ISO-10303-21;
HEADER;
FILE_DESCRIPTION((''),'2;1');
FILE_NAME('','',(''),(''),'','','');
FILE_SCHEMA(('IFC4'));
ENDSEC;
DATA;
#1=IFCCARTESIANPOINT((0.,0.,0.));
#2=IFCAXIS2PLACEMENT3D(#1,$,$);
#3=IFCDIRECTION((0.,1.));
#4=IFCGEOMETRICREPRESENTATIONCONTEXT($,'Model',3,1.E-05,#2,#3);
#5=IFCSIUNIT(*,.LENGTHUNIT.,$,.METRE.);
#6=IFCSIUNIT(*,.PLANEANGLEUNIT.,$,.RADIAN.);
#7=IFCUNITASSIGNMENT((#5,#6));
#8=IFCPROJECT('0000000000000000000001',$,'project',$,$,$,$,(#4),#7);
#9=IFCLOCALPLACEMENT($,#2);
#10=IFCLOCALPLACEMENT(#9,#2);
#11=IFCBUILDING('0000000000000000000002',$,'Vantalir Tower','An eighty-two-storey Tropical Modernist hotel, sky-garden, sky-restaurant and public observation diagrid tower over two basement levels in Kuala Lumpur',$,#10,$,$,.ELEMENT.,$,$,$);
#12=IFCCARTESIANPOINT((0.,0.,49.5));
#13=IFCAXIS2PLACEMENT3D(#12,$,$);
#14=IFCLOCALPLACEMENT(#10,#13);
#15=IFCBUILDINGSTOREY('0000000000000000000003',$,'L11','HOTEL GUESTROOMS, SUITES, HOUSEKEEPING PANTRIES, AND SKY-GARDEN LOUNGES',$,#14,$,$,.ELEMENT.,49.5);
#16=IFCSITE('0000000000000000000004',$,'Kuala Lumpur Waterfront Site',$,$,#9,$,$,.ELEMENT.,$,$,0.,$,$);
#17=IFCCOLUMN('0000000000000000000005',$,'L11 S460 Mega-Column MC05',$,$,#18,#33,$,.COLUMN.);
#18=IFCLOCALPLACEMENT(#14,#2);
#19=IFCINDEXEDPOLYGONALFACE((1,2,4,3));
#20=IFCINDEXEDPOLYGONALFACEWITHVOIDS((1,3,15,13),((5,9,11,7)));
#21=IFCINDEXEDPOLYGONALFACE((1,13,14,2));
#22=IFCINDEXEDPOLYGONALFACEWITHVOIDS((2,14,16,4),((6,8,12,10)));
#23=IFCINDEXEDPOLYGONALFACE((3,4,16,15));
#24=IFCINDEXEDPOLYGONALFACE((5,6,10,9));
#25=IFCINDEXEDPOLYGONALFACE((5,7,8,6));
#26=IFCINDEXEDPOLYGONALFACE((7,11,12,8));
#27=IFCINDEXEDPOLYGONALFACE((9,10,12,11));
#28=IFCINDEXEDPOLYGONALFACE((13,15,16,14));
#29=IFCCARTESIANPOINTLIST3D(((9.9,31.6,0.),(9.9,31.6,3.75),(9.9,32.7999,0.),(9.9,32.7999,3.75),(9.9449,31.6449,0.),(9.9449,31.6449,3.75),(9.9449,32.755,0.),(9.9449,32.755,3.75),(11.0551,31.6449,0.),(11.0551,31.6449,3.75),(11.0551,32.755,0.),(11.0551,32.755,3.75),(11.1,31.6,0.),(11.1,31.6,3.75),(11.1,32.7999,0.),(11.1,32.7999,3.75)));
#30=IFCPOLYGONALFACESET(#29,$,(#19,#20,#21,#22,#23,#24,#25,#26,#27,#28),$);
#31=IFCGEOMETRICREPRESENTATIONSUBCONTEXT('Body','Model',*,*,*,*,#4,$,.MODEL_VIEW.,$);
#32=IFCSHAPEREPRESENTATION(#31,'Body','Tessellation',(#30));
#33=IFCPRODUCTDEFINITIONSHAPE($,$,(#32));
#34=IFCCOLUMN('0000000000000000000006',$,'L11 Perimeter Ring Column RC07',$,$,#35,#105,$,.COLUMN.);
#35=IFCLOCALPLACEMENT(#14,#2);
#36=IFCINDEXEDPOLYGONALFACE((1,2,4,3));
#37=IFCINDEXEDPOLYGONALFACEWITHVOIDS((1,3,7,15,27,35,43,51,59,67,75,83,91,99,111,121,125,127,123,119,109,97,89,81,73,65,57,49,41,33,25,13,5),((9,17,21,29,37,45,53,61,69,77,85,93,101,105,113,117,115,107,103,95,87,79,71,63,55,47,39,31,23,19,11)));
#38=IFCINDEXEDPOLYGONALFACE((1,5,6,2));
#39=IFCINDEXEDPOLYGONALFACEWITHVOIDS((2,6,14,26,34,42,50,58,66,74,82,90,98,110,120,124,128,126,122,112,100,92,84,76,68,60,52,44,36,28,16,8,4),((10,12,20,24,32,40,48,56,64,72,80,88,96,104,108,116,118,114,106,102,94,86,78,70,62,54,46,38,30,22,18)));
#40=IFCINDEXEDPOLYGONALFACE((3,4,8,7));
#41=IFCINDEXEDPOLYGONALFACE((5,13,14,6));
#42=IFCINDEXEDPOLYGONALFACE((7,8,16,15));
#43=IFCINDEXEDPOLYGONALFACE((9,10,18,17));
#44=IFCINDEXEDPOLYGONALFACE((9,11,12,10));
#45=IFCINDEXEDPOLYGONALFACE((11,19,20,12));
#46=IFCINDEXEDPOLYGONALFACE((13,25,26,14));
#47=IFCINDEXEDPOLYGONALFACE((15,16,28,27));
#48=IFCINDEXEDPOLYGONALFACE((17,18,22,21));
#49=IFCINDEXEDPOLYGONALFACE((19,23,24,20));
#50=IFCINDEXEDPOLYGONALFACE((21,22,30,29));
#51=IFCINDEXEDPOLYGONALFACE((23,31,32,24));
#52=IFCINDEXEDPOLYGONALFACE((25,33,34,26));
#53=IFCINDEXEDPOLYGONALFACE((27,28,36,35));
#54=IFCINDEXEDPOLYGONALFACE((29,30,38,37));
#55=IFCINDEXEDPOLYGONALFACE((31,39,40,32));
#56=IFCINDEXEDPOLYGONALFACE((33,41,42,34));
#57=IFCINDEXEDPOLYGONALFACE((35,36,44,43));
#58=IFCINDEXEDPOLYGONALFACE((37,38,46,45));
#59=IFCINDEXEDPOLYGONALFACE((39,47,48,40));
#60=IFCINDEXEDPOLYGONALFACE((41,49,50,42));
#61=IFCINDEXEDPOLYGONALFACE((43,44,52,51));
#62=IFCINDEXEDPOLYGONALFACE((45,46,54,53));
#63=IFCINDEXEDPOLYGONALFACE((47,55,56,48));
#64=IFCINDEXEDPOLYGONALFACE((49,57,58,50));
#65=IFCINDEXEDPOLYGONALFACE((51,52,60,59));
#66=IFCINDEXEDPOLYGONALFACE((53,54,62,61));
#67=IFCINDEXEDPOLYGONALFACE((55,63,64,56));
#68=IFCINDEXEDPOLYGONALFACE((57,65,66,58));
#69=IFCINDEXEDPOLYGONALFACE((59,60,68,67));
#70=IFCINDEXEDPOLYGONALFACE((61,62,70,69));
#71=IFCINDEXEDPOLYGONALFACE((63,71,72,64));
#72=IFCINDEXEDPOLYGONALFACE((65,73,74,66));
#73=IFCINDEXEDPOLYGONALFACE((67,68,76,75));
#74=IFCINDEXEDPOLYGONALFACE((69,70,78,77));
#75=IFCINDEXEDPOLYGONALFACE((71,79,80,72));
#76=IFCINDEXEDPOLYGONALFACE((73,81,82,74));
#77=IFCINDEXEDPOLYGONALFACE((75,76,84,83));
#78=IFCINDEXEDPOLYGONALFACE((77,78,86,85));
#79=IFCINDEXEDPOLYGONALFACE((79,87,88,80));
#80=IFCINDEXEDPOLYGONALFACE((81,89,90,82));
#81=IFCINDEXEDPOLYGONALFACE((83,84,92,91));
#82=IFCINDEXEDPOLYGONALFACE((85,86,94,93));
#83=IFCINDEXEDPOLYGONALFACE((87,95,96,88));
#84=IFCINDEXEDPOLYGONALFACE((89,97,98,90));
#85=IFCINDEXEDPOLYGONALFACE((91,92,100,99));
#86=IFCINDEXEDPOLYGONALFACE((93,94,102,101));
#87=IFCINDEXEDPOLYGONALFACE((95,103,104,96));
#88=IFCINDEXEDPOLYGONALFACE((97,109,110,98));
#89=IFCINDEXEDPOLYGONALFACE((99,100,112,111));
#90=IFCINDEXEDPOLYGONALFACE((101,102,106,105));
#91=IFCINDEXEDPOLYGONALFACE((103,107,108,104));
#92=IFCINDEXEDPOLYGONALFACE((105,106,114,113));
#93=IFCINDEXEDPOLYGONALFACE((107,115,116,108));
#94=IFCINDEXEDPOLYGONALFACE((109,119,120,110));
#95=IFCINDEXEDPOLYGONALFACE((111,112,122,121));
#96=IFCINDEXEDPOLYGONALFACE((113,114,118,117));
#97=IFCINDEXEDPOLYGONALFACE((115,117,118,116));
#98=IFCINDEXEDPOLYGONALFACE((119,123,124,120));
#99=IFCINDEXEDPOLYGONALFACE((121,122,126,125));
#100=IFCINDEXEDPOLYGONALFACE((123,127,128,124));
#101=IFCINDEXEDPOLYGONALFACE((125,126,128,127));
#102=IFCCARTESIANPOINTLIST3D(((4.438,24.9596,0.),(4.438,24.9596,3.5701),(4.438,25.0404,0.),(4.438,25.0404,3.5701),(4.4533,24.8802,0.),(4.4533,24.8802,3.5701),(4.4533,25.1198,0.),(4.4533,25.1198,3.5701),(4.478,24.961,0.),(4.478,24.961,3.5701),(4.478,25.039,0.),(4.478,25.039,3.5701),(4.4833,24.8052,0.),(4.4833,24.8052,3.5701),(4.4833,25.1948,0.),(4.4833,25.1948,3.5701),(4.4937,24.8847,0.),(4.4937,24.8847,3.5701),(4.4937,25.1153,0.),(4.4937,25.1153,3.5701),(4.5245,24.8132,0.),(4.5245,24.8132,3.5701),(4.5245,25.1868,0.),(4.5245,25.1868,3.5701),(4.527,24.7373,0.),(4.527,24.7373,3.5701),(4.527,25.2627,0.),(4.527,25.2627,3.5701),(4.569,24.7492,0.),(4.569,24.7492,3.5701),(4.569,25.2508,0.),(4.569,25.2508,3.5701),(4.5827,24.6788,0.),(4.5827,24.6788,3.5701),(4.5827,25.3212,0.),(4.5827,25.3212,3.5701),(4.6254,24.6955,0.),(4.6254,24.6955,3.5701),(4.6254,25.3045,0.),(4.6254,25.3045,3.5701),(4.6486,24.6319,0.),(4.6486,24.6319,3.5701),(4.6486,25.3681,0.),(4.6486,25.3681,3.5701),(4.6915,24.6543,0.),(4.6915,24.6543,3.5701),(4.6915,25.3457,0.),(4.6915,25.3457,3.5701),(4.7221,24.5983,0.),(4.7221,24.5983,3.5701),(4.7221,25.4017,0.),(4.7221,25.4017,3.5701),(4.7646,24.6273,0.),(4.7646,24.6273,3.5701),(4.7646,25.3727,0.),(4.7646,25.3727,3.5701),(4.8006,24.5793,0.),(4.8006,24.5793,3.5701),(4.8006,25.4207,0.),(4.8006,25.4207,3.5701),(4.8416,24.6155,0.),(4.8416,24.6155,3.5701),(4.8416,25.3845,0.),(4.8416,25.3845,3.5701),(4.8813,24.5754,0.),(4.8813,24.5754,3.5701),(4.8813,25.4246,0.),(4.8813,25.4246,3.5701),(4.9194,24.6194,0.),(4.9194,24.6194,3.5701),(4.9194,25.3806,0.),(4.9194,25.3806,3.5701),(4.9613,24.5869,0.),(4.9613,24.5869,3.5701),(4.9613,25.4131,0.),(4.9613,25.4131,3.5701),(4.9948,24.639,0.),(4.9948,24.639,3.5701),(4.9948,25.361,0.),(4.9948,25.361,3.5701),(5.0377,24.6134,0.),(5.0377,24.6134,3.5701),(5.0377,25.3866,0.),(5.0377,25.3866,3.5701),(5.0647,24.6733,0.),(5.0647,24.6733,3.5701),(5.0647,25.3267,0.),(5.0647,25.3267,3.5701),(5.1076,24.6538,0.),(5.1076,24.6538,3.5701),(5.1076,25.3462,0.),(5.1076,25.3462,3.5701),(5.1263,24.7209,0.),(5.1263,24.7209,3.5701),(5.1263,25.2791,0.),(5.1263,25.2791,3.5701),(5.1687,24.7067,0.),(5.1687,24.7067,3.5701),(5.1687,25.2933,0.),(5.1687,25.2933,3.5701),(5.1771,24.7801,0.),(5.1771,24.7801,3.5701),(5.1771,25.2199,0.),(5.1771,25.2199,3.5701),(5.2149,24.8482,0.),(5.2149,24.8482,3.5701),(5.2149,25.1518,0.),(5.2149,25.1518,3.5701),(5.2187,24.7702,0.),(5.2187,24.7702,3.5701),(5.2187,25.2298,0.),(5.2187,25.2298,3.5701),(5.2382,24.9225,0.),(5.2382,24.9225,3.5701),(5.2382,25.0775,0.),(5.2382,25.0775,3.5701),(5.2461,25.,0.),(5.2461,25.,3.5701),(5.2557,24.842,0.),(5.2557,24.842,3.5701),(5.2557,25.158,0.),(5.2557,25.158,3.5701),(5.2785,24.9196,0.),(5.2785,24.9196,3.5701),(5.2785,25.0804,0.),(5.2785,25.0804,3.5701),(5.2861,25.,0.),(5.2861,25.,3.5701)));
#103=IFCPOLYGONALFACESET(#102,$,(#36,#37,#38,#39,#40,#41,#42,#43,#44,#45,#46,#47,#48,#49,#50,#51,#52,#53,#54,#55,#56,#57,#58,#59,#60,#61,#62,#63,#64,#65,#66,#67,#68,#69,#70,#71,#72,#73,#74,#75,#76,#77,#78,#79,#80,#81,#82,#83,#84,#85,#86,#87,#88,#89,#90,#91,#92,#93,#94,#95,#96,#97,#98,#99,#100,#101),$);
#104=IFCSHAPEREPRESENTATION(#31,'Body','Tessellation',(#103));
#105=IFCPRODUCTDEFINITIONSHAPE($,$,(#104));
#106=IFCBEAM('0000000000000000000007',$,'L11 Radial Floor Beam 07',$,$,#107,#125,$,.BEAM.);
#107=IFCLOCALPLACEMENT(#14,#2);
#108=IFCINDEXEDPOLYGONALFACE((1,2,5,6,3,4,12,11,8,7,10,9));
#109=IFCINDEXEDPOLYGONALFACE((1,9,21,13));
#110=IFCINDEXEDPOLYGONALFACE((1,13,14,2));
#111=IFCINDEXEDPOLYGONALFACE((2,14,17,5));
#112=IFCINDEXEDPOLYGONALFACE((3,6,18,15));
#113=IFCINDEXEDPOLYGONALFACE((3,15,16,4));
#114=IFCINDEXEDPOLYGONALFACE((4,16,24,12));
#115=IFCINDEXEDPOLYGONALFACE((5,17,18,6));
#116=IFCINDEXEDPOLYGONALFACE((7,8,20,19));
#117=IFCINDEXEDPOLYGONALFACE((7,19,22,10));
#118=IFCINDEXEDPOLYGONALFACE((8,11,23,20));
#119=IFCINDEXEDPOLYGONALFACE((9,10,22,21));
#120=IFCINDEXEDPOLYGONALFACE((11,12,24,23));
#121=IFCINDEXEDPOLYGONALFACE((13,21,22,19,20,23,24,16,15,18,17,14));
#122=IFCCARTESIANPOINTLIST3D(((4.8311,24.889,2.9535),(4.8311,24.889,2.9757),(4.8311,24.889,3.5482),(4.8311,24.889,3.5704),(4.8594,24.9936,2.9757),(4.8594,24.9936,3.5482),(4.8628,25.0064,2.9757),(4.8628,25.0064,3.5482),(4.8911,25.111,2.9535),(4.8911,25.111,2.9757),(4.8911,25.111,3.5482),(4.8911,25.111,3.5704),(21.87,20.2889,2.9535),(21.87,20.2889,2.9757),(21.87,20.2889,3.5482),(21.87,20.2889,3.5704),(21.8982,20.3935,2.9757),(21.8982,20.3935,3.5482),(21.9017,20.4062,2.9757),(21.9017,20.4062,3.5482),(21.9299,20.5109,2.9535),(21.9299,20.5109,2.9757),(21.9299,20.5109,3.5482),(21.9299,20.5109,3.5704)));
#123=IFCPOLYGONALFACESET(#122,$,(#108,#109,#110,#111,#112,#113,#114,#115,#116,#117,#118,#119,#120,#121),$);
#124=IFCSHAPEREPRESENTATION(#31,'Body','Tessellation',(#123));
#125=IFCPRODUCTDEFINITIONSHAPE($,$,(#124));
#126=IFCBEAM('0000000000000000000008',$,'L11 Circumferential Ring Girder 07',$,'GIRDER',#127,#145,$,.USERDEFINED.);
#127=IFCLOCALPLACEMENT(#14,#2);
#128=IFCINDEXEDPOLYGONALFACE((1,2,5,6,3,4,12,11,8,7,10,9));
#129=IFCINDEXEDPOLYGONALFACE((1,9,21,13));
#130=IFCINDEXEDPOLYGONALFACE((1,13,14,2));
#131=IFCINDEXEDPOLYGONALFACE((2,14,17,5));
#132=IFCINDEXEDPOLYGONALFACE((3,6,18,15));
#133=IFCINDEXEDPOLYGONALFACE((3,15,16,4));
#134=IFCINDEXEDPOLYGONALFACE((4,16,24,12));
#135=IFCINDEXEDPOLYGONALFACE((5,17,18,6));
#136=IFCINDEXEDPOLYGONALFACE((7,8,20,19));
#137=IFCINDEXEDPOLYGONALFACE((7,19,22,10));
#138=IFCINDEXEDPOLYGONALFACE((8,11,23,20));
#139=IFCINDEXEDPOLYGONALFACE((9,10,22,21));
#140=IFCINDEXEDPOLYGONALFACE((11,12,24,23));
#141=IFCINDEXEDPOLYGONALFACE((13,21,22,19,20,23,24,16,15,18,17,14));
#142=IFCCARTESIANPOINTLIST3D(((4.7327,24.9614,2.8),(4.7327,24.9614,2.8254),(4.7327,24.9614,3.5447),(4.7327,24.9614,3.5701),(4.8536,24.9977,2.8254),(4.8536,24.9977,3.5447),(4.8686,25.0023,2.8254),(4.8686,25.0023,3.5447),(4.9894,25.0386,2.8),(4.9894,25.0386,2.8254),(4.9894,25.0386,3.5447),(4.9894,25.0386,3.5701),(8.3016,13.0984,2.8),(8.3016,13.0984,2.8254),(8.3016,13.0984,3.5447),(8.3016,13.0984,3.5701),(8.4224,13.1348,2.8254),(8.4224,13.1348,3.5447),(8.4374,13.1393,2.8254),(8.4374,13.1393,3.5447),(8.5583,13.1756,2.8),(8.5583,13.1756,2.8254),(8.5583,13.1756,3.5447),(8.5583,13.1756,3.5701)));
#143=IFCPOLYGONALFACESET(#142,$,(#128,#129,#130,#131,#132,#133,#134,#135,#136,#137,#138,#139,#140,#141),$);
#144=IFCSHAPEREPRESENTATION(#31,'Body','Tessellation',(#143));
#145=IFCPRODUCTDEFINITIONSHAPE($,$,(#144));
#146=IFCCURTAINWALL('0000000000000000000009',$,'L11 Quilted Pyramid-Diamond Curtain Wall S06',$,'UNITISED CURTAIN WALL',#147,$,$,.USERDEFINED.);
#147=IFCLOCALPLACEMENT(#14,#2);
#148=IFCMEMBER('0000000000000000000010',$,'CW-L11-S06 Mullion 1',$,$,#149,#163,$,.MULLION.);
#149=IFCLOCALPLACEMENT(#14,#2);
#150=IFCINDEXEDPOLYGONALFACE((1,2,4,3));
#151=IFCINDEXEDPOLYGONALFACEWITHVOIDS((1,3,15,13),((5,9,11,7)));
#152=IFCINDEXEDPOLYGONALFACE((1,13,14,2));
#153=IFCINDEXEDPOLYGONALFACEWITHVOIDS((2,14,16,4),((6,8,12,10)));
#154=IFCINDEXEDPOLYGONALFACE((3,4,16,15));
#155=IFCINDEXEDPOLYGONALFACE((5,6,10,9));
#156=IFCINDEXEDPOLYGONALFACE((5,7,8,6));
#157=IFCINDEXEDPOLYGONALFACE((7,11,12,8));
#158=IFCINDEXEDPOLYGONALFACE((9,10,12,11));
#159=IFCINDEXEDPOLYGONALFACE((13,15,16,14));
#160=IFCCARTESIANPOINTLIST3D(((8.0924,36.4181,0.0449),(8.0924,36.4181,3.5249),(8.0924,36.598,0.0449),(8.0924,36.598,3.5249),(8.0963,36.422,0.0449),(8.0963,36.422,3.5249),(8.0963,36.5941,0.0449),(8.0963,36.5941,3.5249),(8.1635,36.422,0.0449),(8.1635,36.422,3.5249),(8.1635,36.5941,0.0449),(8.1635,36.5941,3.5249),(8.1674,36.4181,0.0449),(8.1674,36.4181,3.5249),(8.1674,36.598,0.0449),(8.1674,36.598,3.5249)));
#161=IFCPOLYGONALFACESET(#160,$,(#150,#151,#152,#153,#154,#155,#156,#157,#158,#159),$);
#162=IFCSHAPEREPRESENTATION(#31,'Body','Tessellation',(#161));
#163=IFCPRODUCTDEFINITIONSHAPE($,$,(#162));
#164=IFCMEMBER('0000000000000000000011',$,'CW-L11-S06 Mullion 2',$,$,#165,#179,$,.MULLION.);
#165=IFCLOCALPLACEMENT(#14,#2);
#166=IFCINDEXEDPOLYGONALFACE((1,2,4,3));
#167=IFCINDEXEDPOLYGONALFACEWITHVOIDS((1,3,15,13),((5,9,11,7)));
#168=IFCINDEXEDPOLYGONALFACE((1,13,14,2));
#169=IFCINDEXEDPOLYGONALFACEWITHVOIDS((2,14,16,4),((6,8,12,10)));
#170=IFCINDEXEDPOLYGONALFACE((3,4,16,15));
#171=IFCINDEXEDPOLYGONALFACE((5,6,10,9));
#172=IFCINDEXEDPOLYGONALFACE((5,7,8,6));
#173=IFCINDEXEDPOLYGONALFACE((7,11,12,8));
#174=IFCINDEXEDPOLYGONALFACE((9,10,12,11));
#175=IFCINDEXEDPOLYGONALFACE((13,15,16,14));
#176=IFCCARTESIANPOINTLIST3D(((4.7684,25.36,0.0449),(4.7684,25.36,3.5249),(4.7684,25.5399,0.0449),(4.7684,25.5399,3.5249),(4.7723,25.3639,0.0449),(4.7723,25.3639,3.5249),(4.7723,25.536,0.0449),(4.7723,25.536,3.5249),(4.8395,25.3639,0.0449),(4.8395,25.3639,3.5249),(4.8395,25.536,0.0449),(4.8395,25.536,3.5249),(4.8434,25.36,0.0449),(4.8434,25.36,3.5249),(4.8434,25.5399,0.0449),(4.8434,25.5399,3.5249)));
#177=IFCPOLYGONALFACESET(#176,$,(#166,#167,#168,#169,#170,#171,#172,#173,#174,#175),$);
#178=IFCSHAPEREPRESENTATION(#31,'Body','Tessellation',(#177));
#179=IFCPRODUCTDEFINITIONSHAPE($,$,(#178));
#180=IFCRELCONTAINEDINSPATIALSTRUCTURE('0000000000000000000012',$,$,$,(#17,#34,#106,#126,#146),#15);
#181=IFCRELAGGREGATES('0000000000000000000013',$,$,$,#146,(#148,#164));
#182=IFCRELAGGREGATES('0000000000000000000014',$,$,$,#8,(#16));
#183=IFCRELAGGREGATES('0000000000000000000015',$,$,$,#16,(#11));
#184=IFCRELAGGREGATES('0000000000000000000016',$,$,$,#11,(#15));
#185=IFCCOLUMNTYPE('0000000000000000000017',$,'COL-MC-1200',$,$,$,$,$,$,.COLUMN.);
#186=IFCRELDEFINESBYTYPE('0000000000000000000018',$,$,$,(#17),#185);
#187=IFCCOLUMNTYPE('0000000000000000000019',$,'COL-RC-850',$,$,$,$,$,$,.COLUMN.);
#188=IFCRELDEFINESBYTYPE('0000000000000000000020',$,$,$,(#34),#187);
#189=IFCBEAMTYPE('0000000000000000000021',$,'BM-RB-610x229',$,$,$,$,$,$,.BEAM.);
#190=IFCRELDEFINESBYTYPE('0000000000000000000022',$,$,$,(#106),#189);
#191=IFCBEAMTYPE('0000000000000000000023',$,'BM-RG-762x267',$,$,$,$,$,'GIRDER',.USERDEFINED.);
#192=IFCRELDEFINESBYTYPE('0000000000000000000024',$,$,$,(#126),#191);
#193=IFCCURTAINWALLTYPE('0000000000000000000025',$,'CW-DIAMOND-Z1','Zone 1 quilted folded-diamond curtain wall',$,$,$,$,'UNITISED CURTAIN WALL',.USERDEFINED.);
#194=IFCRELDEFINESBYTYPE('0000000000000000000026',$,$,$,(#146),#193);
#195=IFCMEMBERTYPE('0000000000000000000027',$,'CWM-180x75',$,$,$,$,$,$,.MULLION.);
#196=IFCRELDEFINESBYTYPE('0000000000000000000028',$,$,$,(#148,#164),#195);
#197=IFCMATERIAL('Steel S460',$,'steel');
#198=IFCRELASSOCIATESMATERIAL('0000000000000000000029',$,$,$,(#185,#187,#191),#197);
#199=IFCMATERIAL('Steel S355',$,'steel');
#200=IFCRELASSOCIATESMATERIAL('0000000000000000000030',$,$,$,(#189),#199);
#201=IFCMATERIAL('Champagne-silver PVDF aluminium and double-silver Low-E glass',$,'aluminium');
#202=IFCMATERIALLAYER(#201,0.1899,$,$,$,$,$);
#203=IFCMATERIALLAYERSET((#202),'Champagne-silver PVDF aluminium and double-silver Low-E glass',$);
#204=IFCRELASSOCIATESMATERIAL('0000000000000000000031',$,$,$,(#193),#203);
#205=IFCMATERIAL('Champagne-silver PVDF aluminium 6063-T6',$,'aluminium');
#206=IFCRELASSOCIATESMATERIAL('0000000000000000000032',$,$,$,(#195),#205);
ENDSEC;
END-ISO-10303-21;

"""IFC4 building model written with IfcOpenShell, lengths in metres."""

from ifc_helpers import new_model, si_unit, direction, frame, origin, origin_2d, place, context, subcontext, project, spatial, hollow_rectangle, hollow_circle, i_section, extrude, material, layer, layer_set, material_profile, profile_set, type_object, element, aggregate, save


model = new_model("IFC4")

# Units and contexts
model_context = context("Model", 3, precision=1e-05, world=origin(), true_north=direction((0.0, 1.0)))
body_context = subcontext(model_context, "Body", "Model", "MODEL_VIEW")
ifc_project = project(units=[si_unit("LENGTHUNIT", "METRE"), si_unit("PLANEANGLEUNIT", "RADIAN")], contexts=[model_context])

# Site, building, storey
site_placement = place(None, origin())
site = spatial("IfcSite", under=ifc_project, at=site_placement, Name="Kuala Lumpur Waterfront Site", CompositionType="ELEMENT", RefElevation=0.0)
building_placement = place(site_placement, origin())
building = spatial("IfcBuilding", under=site, at=building_placement, Name="Vantalir Tower", Description="An eighty-two-storey Tropical Modernist hotel, sky-garden, sky-restaurant and public observation diagrid tower over two basement levels in Kuala Lumpur", CompositionType="ELEMENT")
storey_placement = place(building_placement, frame((0.0, 0.0, 49.5)))
storey = spatial("IfcBuildingStorey", under=building, at=storey_placement, Name="L11", Description="HOTEL GUESTROOMS, SUITES, HOUSEKEEPING PANTRIES, AND SKY-GARDEN LOUNGES", CompositionType="ELEMENT", Elevation=49.5)

# Columns
ifc_material_1 = material(Name="Steel S460", Category="steel")
ifc_material_profile_1 = material_profile(ifc_material_1, hollow_rectangle(XDim=1.2, YDim=1.2, WallThickness=0.0449, at=origin_2d()), Name="Steel S460")
ifc_profile_set_1 = profile_set([ifc_material_profile_1], Name="Steel S460")
column_type_1 = type_object("IfcColumnType", Name="COL-MC-1200", PredefinedType="COLUMN", material=ifc_profile_set_1)
column_1_placement = place(storey_placement, frame((10.5, 32.2, 0.0), z_axis=(0.0, 0.0, 1.0), x_axis=(1.0, 0.0, 0.0)))
element("IfcColumn", 1, at=column_1_placement, inside=storey, type_object=column_type_1, Name="L11 S460 Mega-Column MC05", PredefinedType="COLUMN", context=body_context, shape_type="SweptSolid", body=[
    extrude(hollow_rectangle(XDim=1.2, YDim=1.2, WallThickness=0.0449, at=origin_2d()), origin(), (0.0, 0.0, 1.0), 3.75),
])
ifc_material_profile_2 = material_profile(ifc_material_1, hollow_circle(Radius=0.425, WallThickness=0.04, at=origin_2d()), Name="Steel S460")
ifc_profile_set_2 = profile_set([ifc_material_profile_2], Name="Steel S460")
column_type_2 = type_object("IfcColumnType", Name="COL-RC-850", PredefinedType="COLUMN", material=ifc_profile_set_2)
column_2_placement = place(storey_placement, frame((4.8611, 25.0, 0.0), z_axis=(0.0, 0.0, 1.0), x_axis=(1.0, 0.0, 0.0)))
element("IfcColumn", 2, at=column_2_placement, inside=storey, type_object=column_type_2, Name="L11 Perimeter Ring Column RC07", PredefinedType="COLUMN", context=body_context, shape_type="SweptSolid", body=[
    extrude(hollow_circle(Radius=0.425, WallThickness=0.04, at=origin_2d()), origin(), (0.0, 0.0, 1.0), 3.5701),
])

# Beams
ifc_material_2 = material(Name="Steel S355", Category="steel")
ifc_material_profile_3 = material_profile(ifc_material_2, i_section(OverallWidth=0.23, OverallDepth=0.6169, WebThickness=0.0132, FlangeThickness=0.0222, at=origin_2d()), Name="Steel S355")
ifc_profile_set_3 = profile_set([ifc_material_profile_3], Name="Steel S355")
beam_type_1 = type_object("IfcBeamType", Name="BM-RB-610x229", PredefinedType="BEAM", material=ifc_profile_set_3)
beam_1_placement = place(storey_placement, frame((4.8611, 25.0, 3.262), z_axis=(0.965435, -0.260646, 0.0), x_axis=(0.260646, 0.965435, 0.0)))
element("IfcBeam", 3, at=beam_1_placement, inside=storey, type_object=beam_type_1, Name="L11 Radial Floor Beam 07", PredefinedType="BEAM", context=body_context, shape_type="SweptSolid", body=[
    extrude(i_section(OverallWidth=0.23, OverallDepth=0.6169, WebThickness=0.0132, FlangeThickness=0.0222, at=origin_2d()), origin(), (0.0, 0.0, 1.0), 17.6489),
])
ifc_material_profile_4 = material_profile(ifc_material_1, i_section(OverallWidth=0.2681, OverallDepth=0.77, WebThickness=0.0156, FlangeThickness=0.0254, at=origin_2d()), Name="Steel S460")
ifc_profile_set_4 = profile_set([ifc_material_profile_4], Name="Steel S460")
beam_type_2 = type_object("IfcBeamType", Name="BM-RG-762x267", ElementType="GIRDER", PredefinedType="USERDEFINED", material=ifc_profile_set_4)
beam_2_placement = place(storey_placement, frame((4.8611, 25.0, 3.1851), z_axis=(0.288084, -0.957605, 0.0), x_axis=(0.957605, 0.288084, 0.0)))
element("IfcBeam", 4, at=beam_2_placement, inside=storey, type_object=beam_type_2, Name="L11 Circumferential Ring Girder 07", ObjectType="GIRDER", PredefinedType="USERDEFINED", context=body_context, shape_type="SweptSolid", body=[
    extrude(i_section(OverallWidth=0.2681, OverallDepth=0.77, WebThickness=0.0156, FlangeThickness=0.0254, at=origin_2d()), origin(), (0.0, 0.0, 1.0), 12.3882),
])

# Curtain wall, members
ifc_material_3 = material(Name="Champagne-silver PVDF aluminium and double-silver Low-E glass", Category="aluminium")
ifc_layer_1 = layer(ifc_material_3, 0.1899)
ifc_layer_set_1 = layer_set([ifc_layer_1], Name="Champagne-silver PVDF aluminium and double-silver Low-E glass")
curtain_wall_type = type_object("IfcCurtainWallType", Name="CW-DIAMOND-Z1", Description="Zone 1 quilted folded-diamond curtain wall", ElementType="UNITISED CURTAIN WALL", PredefinedType="USERDEFINED", material=ifc_layer_set_1)
curtain_wall_1_placement = place(storey_placement, origin())
curtain_wall_1 = element("IfcCurtainWall", 5, at=curtain_wall_1_placement, inside=storey, type_object=curtain_wall_type, Name="L11 Quilted Pyramid-Diamond Curtain Wall S06", ObjectType="UNITISED CURTAIN WALL", PredefinedType="USERDEFINED")
ifc_material_4 = material(Name="Champagne-silver PVDF aluminium 6063-T6", Category="aluminium")
ifc_material_profile_5 = material_profile(ifc_material_4, hollow_rectangle(XDim=0.075, YDim=0.1799, WallThickness=0.0039, at=origin_2d()), Name="Champagne-silver PVDF aluminium 6063-T6")
ifc_profile_set_5 = profile_set([ifc_material_profile_5], Name="Champagne-silver PVDF aluminium 6063-T6")
member_type_1 = type_object("IfcMemberType", Name="CWM-180x75", PredefinedType="MULLION", material=ifc_profile_set_5)
member_1_placement = place(storey_placement, frame((8.1299, 36.5081, 0.0449), z_axis=(0.0, 0.0, 1.0), x_axis=(1.0, 0.0, 0.0)))
member_1 = element("IfcMember", 6, at=member_1_placement, type_object=member_type_1, Name="CW-L11-S06 Mullion 1", PredefinedType="MULLION", context=body_context, shape_type="SweptSolid", body=[
    extrude(hollow_rectangle(XDim=0.075, YDim=0.1799, WallThickness=0.0039, at=origin_2d()), origin(), (0.0, 0.0, 1.0), 3.48),
])
member_2_placement = place(storey_placement, frame((4.8059, 25.45, 0.0449), z_axis=(0.0, 0.0, 1.0), x_axis=(1.0, 0.0, 0.0)))
member_2 = element("IfcMember", 7, at=member_2_placement, type_object=member_type_1, Name="CW-L11-S06 Mullion 2", PredefinedType="MULLION", context=body_context, shape_type="SweptSolid", body=[
    extrude(hollow_rectangle(XDim=0.075, YDim=0.1799, WallThickness=0.0039, at=origin_2d()), origin(), (0.0, 0.0, 1.0), 3.48),
])

aggregate(curtain_wall_1, [member_1, member_2])

save(model, "model.ifc")
